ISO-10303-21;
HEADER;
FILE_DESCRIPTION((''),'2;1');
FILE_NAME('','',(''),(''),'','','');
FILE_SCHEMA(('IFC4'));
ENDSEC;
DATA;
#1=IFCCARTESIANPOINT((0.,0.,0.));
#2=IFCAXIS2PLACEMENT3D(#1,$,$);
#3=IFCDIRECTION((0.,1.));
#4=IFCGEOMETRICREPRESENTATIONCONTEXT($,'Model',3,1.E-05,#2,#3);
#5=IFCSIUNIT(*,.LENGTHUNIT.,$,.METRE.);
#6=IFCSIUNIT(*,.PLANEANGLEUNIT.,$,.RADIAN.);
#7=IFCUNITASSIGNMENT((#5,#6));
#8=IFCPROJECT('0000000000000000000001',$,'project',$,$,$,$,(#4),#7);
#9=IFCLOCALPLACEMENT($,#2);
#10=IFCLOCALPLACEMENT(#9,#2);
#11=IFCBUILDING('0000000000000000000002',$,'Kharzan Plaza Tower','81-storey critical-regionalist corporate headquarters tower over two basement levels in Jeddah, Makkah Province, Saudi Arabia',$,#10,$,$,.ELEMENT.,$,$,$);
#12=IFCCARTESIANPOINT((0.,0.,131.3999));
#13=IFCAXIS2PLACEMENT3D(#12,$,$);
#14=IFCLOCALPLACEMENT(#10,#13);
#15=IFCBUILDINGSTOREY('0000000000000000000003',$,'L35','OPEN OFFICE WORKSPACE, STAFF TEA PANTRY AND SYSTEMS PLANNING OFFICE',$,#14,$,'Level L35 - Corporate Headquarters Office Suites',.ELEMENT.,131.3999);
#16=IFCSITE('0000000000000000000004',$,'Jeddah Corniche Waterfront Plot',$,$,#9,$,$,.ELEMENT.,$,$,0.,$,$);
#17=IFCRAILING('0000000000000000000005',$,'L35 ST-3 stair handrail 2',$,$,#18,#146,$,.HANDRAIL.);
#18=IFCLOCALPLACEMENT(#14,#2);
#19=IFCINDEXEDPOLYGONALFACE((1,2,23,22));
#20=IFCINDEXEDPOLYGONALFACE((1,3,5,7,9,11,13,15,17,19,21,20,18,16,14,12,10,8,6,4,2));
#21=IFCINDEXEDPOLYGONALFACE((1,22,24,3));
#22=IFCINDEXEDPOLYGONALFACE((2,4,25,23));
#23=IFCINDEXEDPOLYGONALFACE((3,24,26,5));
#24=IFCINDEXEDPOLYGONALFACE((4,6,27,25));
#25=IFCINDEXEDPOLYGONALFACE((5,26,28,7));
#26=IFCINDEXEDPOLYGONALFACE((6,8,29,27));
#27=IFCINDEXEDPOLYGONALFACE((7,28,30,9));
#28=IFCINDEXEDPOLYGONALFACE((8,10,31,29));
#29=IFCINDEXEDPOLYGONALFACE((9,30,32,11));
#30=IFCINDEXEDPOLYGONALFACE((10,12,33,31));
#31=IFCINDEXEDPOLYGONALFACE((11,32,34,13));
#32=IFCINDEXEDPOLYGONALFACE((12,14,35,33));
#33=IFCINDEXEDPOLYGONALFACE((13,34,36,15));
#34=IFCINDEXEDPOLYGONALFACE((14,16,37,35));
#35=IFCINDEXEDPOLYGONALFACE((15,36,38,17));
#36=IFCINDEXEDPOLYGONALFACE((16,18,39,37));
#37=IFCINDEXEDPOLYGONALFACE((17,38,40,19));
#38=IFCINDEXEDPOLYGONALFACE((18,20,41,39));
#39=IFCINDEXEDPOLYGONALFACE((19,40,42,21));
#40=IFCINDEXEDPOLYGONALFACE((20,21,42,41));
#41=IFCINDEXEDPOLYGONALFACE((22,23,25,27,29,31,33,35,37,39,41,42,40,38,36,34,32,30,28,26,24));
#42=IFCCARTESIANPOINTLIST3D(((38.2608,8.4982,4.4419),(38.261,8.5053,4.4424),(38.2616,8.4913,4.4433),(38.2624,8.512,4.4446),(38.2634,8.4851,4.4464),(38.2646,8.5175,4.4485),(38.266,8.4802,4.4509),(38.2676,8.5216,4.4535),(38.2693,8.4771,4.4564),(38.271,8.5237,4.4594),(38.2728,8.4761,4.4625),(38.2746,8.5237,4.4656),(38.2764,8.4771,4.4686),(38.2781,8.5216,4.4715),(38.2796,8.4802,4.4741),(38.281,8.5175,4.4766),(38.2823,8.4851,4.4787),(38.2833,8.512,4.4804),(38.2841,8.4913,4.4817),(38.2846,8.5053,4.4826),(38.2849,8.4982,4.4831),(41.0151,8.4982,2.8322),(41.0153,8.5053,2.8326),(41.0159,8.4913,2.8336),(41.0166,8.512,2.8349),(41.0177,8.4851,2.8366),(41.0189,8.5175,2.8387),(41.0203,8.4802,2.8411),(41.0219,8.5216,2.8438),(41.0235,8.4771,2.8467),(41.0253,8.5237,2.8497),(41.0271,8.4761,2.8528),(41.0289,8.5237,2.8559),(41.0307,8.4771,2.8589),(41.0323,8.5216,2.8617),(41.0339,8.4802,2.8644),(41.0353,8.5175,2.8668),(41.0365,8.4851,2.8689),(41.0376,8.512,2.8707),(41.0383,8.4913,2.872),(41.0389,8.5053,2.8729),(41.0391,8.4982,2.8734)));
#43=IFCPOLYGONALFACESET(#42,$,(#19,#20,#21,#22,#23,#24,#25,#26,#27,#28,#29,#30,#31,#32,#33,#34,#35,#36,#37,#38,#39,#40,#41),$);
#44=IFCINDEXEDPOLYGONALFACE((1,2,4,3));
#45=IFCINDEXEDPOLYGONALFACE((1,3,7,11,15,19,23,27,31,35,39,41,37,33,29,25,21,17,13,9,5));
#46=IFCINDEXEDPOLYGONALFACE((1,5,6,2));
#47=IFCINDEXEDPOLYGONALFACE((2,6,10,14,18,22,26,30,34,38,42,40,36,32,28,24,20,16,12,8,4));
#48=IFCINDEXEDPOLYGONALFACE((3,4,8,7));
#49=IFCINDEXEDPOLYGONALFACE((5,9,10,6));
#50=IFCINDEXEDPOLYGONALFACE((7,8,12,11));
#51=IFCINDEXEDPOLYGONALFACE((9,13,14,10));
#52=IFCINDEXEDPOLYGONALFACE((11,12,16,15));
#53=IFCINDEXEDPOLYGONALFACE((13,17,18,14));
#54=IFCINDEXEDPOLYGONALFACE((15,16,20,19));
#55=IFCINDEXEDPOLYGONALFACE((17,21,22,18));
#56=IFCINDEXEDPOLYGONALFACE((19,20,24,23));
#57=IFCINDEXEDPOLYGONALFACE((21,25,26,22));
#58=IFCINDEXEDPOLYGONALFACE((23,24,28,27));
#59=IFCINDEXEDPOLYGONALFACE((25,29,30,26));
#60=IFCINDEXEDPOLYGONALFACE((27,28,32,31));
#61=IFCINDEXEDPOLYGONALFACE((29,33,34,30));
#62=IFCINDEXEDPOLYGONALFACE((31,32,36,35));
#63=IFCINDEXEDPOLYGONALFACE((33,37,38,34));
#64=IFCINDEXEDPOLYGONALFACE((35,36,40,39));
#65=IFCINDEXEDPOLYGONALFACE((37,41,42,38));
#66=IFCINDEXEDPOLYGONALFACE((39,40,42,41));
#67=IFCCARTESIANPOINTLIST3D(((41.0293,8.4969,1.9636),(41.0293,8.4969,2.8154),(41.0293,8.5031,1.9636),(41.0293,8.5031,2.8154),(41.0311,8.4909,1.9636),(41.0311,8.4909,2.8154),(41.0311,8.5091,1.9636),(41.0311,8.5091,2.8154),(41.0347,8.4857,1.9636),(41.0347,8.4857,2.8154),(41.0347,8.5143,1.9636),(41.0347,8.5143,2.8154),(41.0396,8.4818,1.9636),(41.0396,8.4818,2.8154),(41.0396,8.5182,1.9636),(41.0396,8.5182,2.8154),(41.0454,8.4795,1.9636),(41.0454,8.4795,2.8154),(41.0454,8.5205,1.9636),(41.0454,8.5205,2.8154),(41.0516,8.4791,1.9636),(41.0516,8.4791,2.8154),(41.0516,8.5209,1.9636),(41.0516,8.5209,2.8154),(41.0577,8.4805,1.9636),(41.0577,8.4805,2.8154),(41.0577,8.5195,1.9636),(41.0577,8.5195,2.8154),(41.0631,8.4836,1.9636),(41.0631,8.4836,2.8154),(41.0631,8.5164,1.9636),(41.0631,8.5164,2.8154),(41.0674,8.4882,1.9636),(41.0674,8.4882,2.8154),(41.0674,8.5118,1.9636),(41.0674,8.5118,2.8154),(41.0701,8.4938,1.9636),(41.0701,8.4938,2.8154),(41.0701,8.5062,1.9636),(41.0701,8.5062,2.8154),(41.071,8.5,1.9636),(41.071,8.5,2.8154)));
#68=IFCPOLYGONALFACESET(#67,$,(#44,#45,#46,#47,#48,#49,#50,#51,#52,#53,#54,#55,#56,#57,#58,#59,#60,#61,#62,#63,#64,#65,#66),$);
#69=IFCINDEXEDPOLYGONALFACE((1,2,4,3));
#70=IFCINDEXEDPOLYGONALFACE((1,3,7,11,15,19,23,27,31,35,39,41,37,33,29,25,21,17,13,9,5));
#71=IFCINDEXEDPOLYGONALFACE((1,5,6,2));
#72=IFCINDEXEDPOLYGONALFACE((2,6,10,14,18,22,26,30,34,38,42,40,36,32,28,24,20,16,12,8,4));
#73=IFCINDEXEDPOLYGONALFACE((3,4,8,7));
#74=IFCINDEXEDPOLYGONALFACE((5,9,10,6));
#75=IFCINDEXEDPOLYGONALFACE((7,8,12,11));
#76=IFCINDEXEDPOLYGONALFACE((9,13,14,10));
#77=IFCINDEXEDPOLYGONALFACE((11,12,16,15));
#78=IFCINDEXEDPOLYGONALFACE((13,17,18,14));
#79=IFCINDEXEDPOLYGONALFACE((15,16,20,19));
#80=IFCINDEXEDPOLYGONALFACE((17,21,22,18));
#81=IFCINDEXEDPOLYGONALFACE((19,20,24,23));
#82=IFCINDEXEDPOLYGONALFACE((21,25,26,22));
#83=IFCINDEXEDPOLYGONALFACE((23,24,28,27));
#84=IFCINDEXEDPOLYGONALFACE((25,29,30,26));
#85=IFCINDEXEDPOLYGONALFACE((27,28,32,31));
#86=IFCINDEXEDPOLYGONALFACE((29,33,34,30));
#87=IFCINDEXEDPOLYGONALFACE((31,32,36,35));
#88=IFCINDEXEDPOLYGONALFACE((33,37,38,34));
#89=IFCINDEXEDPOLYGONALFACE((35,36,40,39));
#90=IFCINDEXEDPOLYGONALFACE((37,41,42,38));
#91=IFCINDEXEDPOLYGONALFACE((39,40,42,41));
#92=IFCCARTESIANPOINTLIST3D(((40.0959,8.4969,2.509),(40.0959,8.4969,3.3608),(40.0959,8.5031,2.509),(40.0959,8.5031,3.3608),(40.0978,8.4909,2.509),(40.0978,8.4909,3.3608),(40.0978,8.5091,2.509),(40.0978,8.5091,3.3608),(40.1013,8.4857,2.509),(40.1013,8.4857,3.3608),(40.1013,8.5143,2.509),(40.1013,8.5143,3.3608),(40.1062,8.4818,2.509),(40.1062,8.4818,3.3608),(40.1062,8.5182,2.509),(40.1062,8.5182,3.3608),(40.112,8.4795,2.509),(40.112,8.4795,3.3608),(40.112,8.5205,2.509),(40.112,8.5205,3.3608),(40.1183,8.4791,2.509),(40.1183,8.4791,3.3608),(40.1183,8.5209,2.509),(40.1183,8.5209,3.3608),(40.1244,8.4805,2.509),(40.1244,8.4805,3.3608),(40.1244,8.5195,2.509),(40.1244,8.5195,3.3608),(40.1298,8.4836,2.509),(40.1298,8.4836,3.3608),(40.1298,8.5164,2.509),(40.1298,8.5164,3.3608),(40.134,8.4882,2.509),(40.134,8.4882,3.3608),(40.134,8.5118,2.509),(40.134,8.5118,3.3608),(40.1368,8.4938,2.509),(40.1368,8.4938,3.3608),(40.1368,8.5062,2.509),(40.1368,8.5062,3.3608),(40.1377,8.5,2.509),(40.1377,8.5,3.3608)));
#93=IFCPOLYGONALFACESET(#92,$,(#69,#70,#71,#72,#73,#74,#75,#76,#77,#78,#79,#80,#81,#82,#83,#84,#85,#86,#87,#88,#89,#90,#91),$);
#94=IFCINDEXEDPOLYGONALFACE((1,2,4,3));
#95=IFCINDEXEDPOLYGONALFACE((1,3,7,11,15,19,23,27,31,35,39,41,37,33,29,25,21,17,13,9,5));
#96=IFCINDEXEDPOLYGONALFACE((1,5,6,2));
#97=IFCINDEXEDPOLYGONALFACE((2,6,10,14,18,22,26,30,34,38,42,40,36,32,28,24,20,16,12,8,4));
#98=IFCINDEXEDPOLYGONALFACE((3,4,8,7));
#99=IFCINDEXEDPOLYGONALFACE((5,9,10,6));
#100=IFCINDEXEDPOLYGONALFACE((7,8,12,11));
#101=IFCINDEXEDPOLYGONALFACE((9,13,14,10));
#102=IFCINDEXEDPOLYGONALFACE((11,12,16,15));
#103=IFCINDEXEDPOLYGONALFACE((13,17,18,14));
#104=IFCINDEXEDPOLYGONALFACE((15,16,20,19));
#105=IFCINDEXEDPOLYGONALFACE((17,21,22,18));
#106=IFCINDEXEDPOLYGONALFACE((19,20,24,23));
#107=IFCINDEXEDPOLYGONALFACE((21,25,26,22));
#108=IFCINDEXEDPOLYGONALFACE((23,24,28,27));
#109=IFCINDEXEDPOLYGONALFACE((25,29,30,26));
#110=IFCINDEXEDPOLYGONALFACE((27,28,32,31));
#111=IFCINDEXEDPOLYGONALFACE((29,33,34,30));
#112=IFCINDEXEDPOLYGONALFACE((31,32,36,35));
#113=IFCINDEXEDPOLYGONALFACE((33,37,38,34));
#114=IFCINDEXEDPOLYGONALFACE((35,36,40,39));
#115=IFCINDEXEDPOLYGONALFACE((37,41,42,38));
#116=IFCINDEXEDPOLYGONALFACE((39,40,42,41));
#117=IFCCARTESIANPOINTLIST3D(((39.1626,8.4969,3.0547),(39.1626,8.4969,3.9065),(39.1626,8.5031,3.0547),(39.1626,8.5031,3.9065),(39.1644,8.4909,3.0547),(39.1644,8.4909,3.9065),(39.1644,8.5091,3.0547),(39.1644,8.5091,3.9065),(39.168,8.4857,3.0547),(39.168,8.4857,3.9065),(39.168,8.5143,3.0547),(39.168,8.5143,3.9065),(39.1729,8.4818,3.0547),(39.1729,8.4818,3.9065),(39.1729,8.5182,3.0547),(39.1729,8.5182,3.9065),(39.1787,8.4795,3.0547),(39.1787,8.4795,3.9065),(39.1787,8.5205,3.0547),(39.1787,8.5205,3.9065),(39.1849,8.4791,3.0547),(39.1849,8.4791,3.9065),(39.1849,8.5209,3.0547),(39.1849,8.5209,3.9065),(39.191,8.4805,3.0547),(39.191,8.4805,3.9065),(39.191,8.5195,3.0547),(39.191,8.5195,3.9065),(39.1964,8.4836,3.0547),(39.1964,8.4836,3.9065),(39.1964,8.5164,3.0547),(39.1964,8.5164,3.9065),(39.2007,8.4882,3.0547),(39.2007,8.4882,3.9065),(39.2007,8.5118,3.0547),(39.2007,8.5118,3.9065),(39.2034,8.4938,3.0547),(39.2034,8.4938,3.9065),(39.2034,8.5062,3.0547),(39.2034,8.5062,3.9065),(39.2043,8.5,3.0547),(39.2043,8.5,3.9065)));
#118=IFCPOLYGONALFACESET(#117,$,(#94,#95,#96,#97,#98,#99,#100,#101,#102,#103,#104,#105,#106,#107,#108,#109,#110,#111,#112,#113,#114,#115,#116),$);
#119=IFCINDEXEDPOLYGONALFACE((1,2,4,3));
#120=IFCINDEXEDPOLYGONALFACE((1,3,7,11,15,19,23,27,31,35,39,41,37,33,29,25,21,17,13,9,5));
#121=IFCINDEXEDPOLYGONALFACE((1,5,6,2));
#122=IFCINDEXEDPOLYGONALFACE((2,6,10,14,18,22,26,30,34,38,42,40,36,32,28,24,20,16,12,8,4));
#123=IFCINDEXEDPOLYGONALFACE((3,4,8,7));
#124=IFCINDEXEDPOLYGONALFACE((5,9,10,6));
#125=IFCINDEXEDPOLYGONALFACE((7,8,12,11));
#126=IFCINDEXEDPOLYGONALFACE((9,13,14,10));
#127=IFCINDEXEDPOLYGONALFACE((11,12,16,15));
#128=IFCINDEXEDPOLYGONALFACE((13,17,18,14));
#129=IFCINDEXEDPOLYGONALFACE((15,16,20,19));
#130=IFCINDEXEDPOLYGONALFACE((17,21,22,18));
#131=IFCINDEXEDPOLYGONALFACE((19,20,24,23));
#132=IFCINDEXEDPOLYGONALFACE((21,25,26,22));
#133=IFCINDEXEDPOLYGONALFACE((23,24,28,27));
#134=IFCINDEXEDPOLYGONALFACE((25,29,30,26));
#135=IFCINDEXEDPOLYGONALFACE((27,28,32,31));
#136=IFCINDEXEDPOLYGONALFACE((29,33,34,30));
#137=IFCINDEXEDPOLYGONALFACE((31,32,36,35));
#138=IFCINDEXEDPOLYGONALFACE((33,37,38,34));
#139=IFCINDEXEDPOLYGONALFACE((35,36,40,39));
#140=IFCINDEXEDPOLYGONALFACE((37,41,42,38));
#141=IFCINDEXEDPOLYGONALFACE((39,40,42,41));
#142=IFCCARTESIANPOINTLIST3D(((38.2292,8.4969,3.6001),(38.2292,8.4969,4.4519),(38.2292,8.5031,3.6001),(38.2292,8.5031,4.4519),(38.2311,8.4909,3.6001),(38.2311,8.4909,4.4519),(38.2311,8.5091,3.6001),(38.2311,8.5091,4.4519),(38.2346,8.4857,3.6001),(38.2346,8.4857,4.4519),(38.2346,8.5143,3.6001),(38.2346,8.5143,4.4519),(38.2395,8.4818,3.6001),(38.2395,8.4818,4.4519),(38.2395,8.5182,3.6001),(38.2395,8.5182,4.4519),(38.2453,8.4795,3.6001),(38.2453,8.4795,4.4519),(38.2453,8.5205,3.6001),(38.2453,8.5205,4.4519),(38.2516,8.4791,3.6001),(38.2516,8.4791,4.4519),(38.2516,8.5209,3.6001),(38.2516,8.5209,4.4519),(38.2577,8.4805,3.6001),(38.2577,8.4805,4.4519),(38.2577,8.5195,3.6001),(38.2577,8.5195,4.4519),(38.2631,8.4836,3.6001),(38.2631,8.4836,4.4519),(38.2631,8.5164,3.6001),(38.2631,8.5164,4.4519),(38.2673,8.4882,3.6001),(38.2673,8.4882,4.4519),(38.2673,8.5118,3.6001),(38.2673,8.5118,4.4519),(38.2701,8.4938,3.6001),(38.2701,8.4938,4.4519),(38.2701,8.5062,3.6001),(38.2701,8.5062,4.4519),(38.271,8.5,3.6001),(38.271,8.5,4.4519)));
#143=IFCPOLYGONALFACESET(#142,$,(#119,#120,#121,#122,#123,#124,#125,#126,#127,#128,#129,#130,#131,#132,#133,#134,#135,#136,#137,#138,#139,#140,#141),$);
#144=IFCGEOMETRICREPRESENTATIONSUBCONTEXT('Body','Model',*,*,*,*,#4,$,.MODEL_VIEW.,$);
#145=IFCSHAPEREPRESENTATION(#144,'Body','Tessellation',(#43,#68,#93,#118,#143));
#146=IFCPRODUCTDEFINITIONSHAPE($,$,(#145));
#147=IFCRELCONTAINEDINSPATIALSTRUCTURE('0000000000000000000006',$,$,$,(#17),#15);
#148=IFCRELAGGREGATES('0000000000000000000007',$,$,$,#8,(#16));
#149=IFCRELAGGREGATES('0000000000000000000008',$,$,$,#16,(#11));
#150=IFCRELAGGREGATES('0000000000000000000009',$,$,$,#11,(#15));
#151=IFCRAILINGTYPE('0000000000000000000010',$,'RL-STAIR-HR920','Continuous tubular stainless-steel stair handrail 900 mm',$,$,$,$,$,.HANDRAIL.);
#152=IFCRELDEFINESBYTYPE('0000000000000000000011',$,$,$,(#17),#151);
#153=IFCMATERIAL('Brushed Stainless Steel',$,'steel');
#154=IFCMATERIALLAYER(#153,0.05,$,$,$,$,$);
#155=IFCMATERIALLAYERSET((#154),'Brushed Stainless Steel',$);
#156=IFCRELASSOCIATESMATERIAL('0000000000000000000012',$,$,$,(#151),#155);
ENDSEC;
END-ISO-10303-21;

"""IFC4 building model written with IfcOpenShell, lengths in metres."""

from ifc_helpers import new_model, si_unit, direction, frame, origin, origin_2d, place, context, subcontext, project, spatial, circle, extrude, source, transform, mapped, material, layer, layer_set, type_object, element, save


model = new_model("IFC4")

# Units and contexts
model_context = context("Model", 3, precision=1e-05, world=origin(), true_north=direction((0.0, 1.0)))
body_context = subcontext(model_context, "Body", "Model", "MODEL_VIEW")
ifc_project = project(units=[si_unit("LENGTHUNIT", "METRE"), si_unit("PLANEANGLEUNIT", "RADIAN")], contexts=[model_context])

# Site, building, storey
site_placement = place(None, origin())
site = spatial("IfcSite", under=ifc_project, at=site_placement, Name="Jeddah Corniche Waterfront Plot", CompositionType="ELEMENT", RefElevation=0.0)
building_placement = place(site_placement, origin())
building = spatial("IfcBuilding", under=site, at=building_placement, Name="Kharzan Plaza Tower", Description="81-storey critical-regionalist corporate headquarters tower over two basement levels in Jeddah, Makkah Province, Saudi Arabia", CompositionType="ELEMENT")
storey_placement = place(building_placement, frame((0.0, 0.0, 131.3999)))
storey = spatial("IfcBuildingStorey", under=building, at=storey_placement, Name="L35", Description="OPEN OFFICE WORKSPACE, STAFF TEA PANTRY AND SYSTEMS PLANNING OFFICE", LongName="Level L35 - Corporate Headquarters Office Suites", CompositionType="ELEMENT", Elevation=131.3999)

# Railing
ifc_material_1 = material(Name="Brushed Stainless Steel", Category="steel")
ifc_layer_1 = layer(ifc_material_1, 0.05)
ifc_layer_set_1 = layer_set([ifc_layer_1], Name="Brushed Stainless Steel")
railing_type_1 = type_object("IfcRailingType", Name="RL-STAIR-HR920", Description="Continuous tubular stainless-steel stair handrail 900 mm", PredefinedType="HANDRAIL", material=ifc_layer_set_1)
shared_shape_1 = source(origin(), body_context, "Body", "SweptSolid", [
    extrude(circle(Radius=0.0239, at=origin_2d()), frame((-0.0229, 0.0, 0.8892), z_axis=(-0.863361, 0.0, 0.504587), x_axis=(0.0, -1.0, 0.0)), (0.0, 0.0, 1.0), 3.1902),
    extrude(circle(Radius=0.021, at=origin_2d()), origin(), (0.0, 0.0, 1.0), 0.8518),
    extrude(circle(Radius=0.021, at=origin_2d()), frame((-0.9333, 0.0, 0.5454)), (0.0, 0.0, 1.0), 0.8518),
    extrude(circle(Radius=0.021, at=origin_2d()), frame((-1.8667, 0.0, 1.0911)), (0.0, 0.0, 1.0), 0.8518),
    extrude(circle(Radius=0.021, at=origin_2d()), frame((-2.8, 0.0, 1.6365)), (0.0, 0.0, 1.0), 0.8518),
])
railing_1_placement = place(storey_placement, frame((41.05, 8.5, 1.9636)))
element("IfcRailing", 1, at=railing_1_placement, inside=storey, type_object=railing_type_1, Name="L35 ST-3 stair handrail 2", PredefinedType="HANDRAIL", context=body_context, shape_type="MappedRepresentation", body=[
    mapped(shared_shape_1, transform((0.0, 0.0, 0.0), x_axis=(1.0, 0.0, 0.0), y_axis=(0.0, 1.0, 0.0), z_axis=(0.0, 0.0, 1.0))),
])

save(model, "model.ifc")
